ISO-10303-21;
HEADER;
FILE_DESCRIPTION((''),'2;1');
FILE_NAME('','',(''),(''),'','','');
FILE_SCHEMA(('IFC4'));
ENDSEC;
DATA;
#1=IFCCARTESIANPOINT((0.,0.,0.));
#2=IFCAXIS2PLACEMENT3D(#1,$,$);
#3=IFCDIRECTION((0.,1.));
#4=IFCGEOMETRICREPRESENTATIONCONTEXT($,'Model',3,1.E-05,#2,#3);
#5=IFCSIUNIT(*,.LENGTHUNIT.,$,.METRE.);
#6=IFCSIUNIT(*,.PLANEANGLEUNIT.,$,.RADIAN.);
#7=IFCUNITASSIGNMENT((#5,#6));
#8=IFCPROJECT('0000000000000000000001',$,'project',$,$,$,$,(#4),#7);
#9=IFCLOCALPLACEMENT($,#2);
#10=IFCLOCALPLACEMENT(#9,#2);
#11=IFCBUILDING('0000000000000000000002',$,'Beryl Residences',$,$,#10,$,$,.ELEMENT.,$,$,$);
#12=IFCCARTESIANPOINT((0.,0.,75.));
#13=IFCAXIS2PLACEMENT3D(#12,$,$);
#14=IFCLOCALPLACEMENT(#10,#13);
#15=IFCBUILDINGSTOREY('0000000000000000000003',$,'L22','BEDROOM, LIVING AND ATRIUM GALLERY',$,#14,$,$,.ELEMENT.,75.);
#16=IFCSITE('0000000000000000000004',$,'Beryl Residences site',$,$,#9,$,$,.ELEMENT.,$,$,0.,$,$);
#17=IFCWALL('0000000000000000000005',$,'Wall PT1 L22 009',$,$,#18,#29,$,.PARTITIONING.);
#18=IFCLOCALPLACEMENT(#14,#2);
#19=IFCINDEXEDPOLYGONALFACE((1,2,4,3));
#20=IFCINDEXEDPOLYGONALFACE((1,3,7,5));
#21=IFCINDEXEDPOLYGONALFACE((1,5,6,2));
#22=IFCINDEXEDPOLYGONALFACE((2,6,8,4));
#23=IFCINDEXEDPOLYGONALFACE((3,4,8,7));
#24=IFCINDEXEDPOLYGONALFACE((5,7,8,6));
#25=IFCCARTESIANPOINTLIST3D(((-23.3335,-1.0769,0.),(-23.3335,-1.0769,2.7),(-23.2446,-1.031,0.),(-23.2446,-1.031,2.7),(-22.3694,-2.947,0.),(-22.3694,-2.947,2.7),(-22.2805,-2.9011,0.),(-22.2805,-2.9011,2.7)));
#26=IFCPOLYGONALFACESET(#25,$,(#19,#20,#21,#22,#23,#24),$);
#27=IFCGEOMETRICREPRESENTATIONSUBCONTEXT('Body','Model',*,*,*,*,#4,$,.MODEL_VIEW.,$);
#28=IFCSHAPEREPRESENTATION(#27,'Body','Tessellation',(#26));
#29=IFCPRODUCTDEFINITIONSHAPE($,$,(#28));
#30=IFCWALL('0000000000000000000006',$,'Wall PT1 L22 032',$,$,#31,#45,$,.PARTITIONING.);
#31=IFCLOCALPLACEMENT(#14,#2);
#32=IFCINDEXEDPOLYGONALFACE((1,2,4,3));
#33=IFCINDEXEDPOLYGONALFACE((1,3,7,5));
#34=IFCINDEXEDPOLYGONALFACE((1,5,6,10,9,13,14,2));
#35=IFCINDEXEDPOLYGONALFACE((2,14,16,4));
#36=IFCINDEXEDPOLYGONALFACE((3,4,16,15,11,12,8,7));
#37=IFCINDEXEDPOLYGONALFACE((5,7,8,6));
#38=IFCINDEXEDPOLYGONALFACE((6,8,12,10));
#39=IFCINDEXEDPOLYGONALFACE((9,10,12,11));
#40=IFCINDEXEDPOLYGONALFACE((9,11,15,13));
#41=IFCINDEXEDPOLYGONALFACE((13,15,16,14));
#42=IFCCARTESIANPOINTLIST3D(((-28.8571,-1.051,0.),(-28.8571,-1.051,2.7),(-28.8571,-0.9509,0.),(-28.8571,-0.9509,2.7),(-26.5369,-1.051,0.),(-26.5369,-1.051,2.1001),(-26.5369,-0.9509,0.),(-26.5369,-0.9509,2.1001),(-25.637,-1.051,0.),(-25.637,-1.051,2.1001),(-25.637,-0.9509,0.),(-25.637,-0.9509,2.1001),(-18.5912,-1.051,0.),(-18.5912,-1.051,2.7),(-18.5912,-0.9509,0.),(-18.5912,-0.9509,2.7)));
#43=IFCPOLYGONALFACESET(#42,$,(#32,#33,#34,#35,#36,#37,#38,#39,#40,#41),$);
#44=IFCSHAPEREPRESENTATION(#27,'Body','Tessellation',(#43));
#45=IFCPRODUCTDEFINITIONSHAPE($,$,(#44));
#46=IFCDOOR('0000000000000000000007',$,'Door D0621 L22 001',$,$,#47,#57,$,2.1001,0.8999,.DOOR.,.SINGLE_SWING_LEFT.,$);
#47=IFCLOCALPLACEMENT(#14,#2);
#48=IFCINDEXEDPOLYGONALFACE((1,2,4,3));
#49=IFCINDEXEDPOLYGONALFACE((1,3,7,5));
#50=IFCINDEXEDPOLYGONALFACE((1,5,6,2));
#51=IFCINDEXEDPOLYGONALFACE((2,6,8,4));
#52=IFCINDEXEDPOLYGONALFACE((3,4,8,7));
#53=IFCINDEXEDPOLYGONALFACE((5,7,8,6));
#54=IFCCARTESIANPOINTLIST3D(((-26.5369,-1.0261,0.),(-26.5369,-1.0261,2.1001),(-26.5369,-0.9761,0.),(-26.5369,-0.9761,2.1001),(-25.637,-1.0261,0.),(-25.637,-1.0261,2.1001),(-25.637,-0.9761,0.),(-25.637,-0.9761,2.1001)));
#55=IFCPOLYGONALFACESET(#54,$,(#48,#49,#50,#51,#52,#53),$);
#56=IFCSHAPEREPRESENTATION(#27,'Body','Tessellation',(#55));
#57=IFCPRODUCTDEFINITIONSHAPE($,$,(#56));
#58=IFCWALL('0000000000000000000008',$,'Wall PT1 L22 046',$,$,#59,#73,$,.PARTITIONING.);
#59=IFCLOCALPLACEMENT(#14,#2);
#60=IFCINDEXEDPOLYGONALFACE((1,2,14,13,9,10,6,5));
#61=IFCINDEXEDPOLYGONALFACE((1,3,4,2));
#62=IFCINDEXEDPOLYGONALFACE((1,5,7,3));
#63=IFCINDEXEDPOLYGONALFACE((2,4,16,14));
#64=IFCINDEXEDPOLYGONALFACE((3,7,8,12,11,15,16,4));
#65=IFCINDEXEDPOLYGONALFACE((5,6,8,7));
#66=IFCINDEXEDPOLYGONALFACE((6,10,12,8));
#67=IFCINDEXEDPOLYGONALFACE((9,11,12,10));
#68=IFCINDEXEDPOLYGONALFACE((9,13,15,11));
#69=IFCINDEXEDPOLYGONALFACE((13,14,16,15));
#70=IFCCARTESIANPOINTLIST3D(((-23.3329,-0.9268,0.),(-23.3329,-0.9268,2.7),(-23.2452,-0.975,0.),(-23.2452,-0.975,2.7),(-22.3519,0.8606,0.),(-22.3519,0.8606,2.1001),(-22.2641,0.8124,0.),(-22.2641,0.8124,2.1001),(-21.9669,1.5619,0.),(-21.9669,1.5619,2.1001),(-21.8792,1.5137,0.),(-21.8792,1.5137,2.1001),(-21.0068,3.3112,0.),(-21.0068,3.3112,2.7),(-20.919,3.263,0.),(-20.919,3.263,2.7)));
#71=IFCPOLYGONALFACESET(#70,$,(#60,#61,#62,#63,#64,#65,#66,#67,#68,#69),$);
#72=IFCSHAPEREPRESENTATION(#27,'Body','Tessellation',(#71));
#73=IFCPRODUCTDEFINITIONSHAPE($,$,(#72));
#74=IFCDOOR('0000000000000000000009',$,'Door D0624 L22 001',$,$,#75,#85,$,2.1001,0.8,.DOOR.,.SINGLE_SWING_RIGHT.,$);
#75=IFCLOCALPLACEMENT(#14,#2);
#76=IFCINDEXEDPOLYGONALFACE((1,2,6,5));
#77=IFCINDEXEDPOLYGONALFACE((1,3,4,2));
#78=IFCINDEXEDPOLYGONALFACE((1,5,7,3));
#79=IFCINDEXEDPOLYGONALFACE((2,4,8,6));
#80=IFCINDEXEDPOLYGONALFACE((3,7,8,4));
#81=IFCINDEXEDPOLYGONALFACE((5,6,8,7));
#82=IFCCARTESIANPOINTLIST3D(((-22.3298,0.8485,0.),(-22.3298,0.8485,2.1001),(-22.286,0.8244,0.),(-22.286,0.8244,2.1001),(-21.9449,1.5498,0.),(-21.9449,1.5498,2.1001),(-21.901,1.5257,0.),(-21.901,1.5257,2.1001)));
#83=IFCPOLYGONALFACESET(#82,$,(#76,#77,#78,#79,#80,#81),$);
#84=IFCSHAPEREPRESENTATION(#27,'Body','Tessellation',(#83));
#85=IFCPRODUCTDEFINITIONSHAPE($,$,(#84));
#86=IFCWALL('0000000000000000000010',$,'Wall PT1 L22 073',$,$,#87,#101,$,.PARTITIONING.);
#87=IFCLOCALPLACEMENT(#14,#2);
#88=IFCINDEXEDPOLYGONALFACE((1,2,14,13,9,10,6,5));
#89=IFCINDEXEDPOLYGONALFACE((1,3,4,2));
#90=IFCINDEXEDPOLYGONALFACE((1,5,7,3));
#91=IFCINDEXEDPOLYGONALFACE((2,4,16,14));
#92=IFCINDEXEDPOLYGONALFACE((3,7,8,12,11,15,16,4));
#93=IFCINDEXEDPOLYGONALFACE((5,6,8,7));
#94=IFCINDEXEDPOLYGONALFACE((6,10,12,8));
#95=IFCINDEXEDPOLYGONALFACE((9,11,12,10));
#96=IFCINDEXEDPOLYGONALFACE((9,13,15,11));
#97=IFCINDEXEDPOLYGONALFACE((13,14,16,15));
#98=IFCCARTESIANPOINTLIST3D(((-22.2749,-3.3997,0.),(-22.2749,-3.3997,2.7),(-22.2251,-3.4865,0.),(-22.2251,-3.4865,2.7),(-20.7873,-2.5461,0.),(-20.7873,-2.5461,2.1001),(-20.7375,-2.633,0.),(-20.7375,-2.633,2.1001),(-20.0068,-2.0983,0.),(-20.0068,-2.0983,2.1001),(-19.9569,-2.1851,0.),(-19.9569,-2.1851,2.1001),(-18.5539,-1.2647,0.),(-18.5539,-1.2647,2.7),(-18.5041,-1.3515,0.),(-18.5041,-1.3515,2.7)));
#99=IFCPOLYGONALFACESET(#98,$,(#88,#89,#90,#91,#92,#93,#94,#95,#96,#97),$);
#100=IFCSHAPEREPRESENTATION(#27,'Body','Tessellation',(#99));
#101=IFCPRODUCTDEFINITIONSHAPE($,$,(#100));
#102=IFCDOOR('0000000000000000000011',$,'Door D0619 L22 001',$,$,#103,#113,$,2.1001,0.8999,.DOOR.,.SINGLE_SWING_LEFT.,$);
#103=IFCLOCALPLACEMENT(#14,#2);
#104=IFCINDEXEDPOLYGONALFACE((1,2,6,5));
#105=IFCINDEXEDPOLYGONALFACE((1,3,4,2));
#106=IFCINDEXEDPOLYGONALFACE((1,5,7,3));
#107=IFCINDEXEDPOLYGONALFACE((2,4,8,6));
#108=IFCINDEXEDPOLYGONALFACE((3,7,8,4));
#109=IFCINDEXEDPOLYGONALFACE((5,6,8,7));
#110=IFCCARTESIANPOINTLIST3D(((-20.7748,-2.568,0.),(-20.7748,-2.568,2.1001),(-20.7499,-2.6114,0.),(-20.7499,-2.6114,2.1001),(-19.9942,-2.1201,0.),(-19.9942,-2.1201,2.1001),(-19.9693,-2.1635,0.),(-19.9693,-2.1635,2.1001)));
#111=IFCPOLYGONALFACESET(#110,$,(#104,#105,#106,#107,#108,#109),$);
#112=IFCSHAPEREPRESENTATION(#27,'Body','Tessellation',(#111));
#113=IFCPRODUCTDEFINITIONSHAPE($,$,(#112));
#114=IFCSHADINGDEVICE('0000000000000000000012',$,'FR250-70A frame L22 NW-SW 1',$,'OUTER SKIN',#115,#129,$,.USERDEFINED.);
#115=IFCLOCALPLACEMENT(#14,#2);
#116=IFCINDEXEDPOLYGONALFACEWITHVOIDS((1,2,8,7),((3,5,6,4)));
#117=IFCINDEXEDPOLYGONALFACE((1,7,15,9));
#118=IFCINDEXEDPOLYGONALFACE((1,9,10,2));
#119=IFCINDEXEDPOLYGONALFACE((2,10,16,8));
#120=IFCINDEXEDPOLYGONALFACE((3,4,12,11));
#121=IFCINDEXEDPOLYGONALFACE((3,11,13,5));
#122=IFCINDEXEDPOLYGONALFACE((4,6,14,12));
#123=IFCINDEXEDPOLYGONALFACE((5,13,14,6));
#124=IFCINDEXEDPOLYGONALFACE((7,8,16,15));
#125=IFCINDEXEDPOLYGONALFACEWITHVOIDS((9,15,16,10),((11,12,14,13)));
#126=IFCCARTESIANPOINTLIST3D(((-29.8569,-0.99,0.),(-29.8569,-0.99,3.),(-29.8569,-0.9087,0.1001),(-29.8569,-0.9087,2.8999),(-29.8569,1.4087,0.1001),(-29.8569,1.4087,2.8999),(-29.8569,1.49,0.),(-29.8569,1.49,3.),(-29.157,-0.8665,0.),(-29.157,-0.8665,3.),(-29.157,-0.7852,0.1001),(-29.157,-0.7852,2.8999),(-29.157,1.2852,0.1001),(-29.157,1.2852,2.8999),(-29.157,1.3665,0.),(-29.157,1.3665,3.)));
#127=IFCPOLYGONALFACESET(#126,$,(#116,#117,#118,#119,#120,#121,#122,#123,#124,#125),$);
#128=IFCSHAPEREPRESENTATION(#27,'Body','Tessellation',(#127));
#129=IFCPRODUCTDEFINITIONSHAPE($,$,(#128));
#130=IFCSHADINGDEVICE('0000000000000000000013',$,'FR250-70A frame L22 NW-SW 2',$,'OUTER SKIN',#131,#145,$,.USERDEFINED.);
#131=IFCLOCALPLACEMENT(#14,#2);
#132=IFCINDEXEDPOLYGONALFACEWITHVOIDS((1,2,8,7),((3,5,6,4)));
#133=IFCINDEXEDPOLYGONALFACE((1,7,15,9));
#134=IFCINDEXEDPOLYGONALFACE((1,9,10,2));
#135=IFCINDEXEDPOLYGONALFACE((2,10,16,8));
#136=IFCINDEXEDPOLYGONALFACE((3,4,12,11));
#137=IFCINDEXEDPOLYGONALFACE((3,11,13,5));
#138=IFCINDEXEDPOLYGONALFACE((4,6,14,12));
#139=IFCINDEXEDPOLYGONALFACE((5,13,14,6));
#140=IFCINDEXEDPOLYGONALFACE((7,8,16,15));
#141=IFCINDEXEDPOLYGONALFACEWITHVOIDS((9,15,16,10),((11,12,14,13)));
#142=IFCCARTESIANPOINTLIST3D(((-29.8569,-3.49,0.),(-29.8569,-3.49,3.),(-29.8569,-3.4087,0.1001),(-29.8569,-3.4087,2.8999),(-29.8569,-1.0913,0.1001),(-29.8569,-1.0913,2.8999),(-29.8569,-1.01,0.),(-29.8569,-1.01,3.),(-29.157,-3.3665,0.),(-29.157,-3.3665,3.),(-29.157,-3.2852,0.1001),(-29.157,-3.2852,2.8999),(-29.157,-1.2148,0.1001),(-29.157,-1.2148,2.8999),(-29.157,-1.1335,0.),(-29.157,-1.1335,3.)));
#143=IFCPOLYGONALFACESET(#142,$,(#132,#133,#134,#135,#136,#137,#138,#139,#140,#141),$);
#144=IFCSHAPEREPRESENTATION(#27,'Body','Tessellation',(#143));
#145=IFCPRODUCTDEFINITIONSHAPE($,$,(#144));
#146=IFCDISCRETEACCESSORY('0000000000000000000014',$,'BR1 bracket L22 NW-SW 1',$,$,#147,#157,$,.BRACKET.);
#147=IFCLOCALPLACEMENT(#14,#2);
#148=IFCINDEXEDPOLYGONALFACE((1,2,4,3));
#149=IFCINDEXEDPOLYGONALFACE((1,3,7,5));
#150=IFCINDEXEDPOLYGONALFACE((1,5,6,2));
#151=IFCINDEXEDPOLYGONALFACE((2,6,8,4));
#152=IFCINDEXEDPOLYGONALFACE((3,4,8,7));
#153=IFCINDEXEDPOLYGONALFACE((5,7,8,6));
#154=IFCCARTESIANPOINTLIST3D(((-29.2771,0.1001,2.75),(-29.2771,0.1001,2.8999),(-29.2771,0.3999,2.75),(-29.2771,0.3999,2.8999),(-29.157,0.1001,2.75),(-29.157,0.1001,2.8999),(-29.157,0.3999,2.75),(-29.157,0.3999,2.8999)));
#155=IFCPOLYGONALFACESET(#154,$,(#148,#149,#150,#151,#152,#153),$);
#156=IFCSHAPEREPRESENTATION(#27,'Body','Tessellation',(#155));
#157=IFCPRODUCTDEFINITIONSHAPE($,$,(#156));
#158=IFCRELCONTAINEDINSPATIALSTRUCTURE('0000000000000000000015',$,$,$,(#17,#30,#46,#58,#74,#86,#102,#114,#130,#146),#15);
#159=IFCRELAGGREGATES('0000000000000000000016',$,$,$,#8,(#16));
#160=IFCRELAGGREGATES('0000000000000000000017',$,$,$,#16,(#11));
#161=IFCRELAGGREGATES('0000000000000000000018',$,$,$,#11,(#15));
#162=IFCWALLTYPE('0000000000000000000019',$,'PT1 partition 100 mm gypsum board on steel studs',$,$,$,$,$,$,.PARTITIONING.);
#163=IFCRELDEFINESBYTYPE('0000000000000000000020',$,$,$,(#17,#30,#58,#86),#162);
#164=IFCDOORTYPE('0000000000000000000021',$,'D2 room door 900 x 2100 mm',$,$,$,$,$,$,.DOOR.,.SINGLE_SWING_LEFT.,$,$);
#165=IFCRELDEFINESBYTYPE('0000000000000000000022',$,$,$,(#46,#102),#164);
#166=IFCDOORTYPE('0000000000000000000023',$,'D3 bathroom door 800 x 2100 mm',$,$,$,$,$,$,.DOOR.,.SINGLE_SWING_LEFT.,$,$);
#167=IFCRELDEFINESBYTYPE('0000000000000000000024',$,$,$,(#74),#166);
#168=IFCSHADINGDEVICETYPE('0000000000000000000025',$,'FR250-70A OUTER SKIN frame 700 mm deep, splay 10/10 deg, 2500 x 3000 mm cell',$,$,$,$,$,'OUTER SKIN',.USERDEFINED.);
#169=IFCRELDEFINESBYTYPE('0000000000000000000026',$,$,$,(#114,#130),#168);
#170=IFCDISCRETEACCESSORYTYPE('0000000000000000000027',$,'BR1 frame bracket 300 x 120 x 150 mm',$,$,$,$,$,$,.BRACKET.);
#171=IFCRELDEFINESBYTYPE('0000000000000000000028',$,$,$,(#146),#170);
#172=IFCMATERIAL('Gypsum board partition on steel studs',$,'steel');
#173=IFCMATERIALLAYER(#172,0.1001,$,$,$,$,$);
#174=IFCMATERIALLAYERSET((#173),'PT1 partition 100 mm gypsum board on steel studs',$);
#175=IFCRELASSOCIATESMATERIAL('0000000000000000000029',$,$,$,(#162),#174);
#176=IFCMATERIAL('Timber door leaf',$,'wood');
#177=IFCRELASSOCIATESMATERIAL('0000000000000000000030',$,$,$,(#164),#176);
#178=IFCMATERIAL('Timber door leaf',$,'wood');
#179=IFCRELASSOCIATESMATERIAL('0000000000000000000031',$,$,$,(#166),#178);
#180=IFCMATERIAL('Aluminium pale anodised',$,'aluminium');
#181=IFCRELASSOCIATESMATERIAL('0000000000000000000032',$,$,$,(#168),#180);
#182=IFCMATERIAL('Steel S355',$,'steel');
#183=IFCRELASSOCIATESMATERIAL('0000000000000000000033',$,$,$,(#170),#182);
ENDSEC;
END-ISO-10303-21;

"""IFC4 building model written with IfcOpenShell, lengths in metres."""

from ifc_helpers import new_model, entity, si_unit, direction, frame, frame_2d, origin, place, context, subcontext, project, spatial, polyline, rectangle, outline, extrude, source, transform, mapped, material, layer, layer_set, type_object, type_shapes, element, fill, save


model = new_model("IFC4")

# Units and contexts
model_context = context("Model", 3, precision=1e-05, world=origin(), true_north=direction((0.0, 1.0)))
body_context = subcontext(model_context, "Body", "Model", "MODEL_VIEW")
ifc_project = project(units=[si_unit("LENGTHUNIT", "METRE"), si_unit("PLANEANGLEUNIT", "RADIAN")], contexts=[model_context])

# Site, building, storey
site_placement = place(None, origin())
site = spatial("IfcSite", under=ifc_project, at=site_placement, Name="Beryl Residences site", CompositionType="ELEMENT", RefElevation=0.0)
building_placement = place(site_placement, origin())
building = spatial("IfcBuilding", under=site, at=building_placement, Name="Beryl Residences", CompositionType="ELEMENT")
storey_placement = place(building_placement, frame((0.0, 0.0, 75.0)))
storey = spatial("IfcBuildingStorey", under=building, at=storey_placement, Name="L22", Description="BEDROOM, LIVING AND ATRIUM GALLERY", CompositionType="ELEMENT", Elevation=75.0)

# Wall
ifc_material_1 = material(Name="Gypsum board partition on steel studs", Category="steel")
ifc_layer_1 = layer(ifc_material_1, 0.1001)
ifc_layer_set_1 = layer_set([ifc_layer_1], Name="PT1 partition 100 mm gypsum board on steel studs")
wall_type_1 = type_object("IfcWallType", Name="PT1 partition 100 mm gypsum board on steel studs", PredefinedType="PARTITIONING", material=ifc_layer_set_1)
wall_1_placement = place(storey_placement, frame((-23.2891, -1.054, 0.0), z_axis=(0.0, 0.0, 1.0), x_axis=(0.458226, -0.888836, 0.0)))
element("IfcWall", 1, at=wall_1_placement, inside=storey, type_object=wall_type_1, Name="Wall PT1 L22 009", PredefinedType="PARTITIONING", context=body_context, shape_type="SweptSolid", body=[
    extrude(rectangle(XDim=2.104, YDim=0.1001, at=frame_2d((1.052, 0.0))), origin(), (0.0, 0.0, 1.0), 2.7),
])

# Walls, openings, doors
wall_2_placement = place(storey_placement, frame((-28.8569, -1.001, 0.0), z_axis=(0.0, 0.0, 1.0), x_axis=(1.0, 0.0, 0.0)))
wall_2 = element("IfcWall", 2, at=wall_2_placement, inside=storey, type_object=wall_type_1, Name="Wall PT1 L22 032", PredefinedType="PARTITIONING", context=body_context, shape_type="SweptSolid", body=[
    extrude(rectangle(XDim=10.2659, YDim=0.1001, at=frame_2d((5.1328, 0.0))), origin(), (0.0, 0.0, 1.0), 2.7),
])
opening_1_placement = place(wall_2_placement, frame((2.3201, 0.0, 0.0)))
opening_1 = element("IfcOpeningElement", 3, at=opening_1_placement, cuts=wall_2, PredefinedType="OPENING", context=body_context, shape_type="SweptSolid", body=[
    extrude(rectangle(XDim=0.8999, YDim=2.1001, at=frame_2d((0.45, 1.05))), frame((0.0, 0.0601, 0.0), z_axis=(0.0, -1.0, 0.0), x_axis=(1.0, 0.0, 0.0)), (0.0, 0.0, 1.0), 0.1201),
])
ifc_material_2 = material(Name="Timber door leaf", Category="wood")
door_type_1 = type_object("IfcDoorType", Name="D2 room door 900 x 2100 mm", OperationType="SINGLE_SWING_LEFT", PredefinedType="DOOR", material=ifc_material_2)
door_1_placement = place(opening_1_placement, origin())
door_1 = element("IfcDoor", 4, at=door_1_placement, inside=storey, type_object=door_type_1, Name="Door D0621 L22 001", OperationType="SINGLE_SWING_LEFT", OverallHeight=2.1001, OverallWidth=0.8999, PredefinedType="DOOR", context=body_context, shape_type="SweptSolid", body=[
    extrude(rectangle(XDim=0.8999, YDim=2.1001, at=frame_2d((0.45, 1.05))), frame((0.0, 0.0249, 0.0), z_axis=(0.0, -1.0, 0.0), x_axis=(1.0, 0.0, 0.0)), (0.0, 0.0, 1.0), 0.05),
])
fill(opening_1, door_1)
wall_3_placement = place(storey_placement, frame((-23.2891, -0.9509, 0.0), z_axis=(0.0, 0.0, 1.0), x_axis=(0.481164, 0.87663, 0.0)))
wall_3 = element("IfcWall", 5, at=wall_3_placement, inside=storey, type_object=wall_type_1, Name="Wall PT1 L22 046", PredefinedType="PARTITIONING", context=body_context, shape_type="SweptSolid", body=[
    extrude(rectangle(XDim=4.8345, YDim=0.1001, at=frame_2d((2.4172, 0.0))), origin(), (0.0, 0.0, 1.0), 2.7),
])
opening_2_placement = place(wall_3_placement, frame((2.0391, 0.0, 0.0)))
opening_2 = element("IfcOpeningElement", 6, at=opening_2_placement, cuts=wall_3, PredefinedType="OPENING", context=body_context, shape_type="SweptSolid", body=[
    extrude(rectangle(XDim=0.8, YDim=2.1001, at=frame_2d((0.3999, 1.05))), frame((0.0, 0.0601, 0.0), z_axis=(0.0, -1.0, 0.0), x_axis=(1.0, 0.0, 0.0)), (0.0, 0.0, 1.0), 0.1201),
])
ifc_material_3 = material(Name="Timber door leaf", Category="wood")
door_type_2 = type_object("IfcDoorType", Name="D3 bathroom door 800 x 2100 mm", OperationType="SINGLE_SWING_LEFT", PredefinedType="DOOR", material=ifc_material_3)
door_2_placement = place(opening_2_placement, origin())
door_2 = element("IfcDoor", 7, at=door_2_placement, inside=storey, type_object=door_type_2, Name="Door D0624 L22 001", OperationType="SINGLE_SWING_RIGHT", OverallHeight=2.1001, OverallWidth=0.8, PredefinedType="DOOR", context=body_context, shape_type="SweptSolid", body=[
    extrude(rectangle(XDim=0.8, YDim=2.1001, at=frame_2d((0.3999, 1.05))), frame((0.0, 0.0249, 0.0), z_axis=(0.0, -1.0, 0.0), x_axis=(1.0, 0.0, 0.0)), (0.0, 0.0, 1.0), 0.05),
])
fill(opening_2, door_2)
wall_4_placement = place(storey_placement, frame((-22.25, -3.4431, 0.0), z_axis=(0.0, 0.0, 1.0), x_axis=(0.867363, 0.497676, 0.0)))
wall_4 = element("IfcWall", 8, at=wall_4_placement, inside=storey, type_object=wall_type_1, Name="Wall PT1 L22 073", PredefinedType="PARTITIONING", context=body_context, shape_type="SweptSolid", body=[
    extrude(rectangle(XDim=4.29, YDim=0.1001, at=frame_2d((2.145, 0.0))), origin(), (0.0, 0.0, 1.0), 2.7),
])
opening_3_placement = place(wall_4_placement, frame((1.7151, 0.0, 0.0)))
opening_3 = element("IfcOpeningElement", 9, at=opening_3_placement, cuts=wall_4, PredefinedType="OPENING", context=body_context, shape_type="SweptSolid", body=[
    extrude(rectangle(XDim=0.8999, YDim=2.1001, at=frame_2d((0.45, 1.05))), frame((0.0, 0.0601, 0.0), z_axis=(0.0, -1.0, 0.0), x_axis=(1.0, 0.0, 0.0)), (0.0, 0.0, 1.0), 0.1201),
])
door_3_placement = place(opening_3_placement, origin())
door_3 = element("IfcDoor", 10, at=door_3_placement, inside=storey, type_object=door_type_1, Name="Door D0619 L22 001", OperationType="SINGLE_SWING_LEFT", OverallHeight=2.1001, OverallWidth=0.8999, PredefinedType="DOOR", context=body_context, shape_type="SweptSolid", body=[
    extrude(rectangle(XDim=0.8999, YDim=2.1001, at=frame_2d((0.45, 1.05))), frame((0.0, 0.0249, 0.0), z_axis=(0.0, -1.0, 0.0), x_axis=(1.0, 0.0, 0.0)), (0.0, 0.0, 1.0), 0.05),
])
fill(opening_3, door_3)

# Shading devices
ifc_material_4 = material(Name="Aluminium pale anodised", Category="aluminium")
shading_device_type = type_object("IfcShadingDeviceType", Name="FR250-70A OUTER SKIN frame 700 mm deep, splay 10/10 deg, 2500 x 3000 mm cell", ElementType="OUTER SKIN", PredefinedType="USERDEFINED", material=ifc_material_4)
cartesian_point_1 = entity("IfcCartesianPoint", [-1.1165, 0.0])
cartesian_point_2 = entity("IfcCartesianPoint", [-1.0352, 0.1001])
cartesian_point_3 = entity("IfcCartesianPoint", [-1.24, 0.0])
cartesian_point_4 = entity("IfcCartesianPoint", [-1.1587, 0.1001])
shared_shape_1 = source(origin(), body_context, "Body", "SweptSolid", [
    entity("IfcExtrudedAreaSolidTapered", entity("IfcArbitraryProfileDefWithVoids", "AREA", None, entity("IfcPolyline", [cartesian_point_1, entity("IfcCartesianPoint", [1.1165, 0.0]), entity("IfcCartesianPoint", [1.1165, 3.0]), entity("IfcCartesianPoint", [-1.1165, 3.0]), cartesian_point_1]), [entity("IfcPolyline", [cartesian_point_2, entity("IfcCartesianPoint", [1.0352, 0.1001]), entity("IfcCartesianPoint", [1.0352, 2.8999]), entity("IfcCartesianPoint", [-1.0352, 2.8999]), cartesian_point_2])]), entity("IfcAxis2Placement3D", entity("IfcCartesianPoint", [0.0, 0.0, 0.0]), entity("IfcDirection", [0.0, 1.0, 0.0]), entity("IfcDirection", [-1.0, 0.0, 0.0])), entity("IfcDirection", [0.0, 0.0, 1.0]), 0.7, entity("IfcArbitraryProfileDefWithVoids", "AREA", None, entity("IfcPolyline", [cartesian_point_3, entity("IfcCartesianPoint", [1.24, 0.0]), entity("IfcCartesianPoint", [1.24, 3.0]), entity("IfcCartesianPoint", [-1.24, 3.0]), cartesian_point_3]), [entity("IfcPolyline", [cartesian_point_4, entity("IfcCartesianPoint", [1.1587, 0.1001]), entity("IfcCartesianPoint", [1.1587, 2.8999]), entity("IfcCartesianPoint", [-1.1587, 2.8999]), cartesian_point_4])])),
])
type_shapes(shading_device_type, [shared_shape_1])
for number, where, z_axis, x_axis, name in (
    (11, (-29.157, 0.25, 0.0), (0.0, 0.0, 1.0), (0.0, 1.0, 0.0), "FR250-70A frame L22 NW-SW 1"),
    (12, (-29.157, -2.25, 0.0), (0.0, 0.0, 1.0), (0.0, 1.0, 0.0), "FR250-70A frame L22 NW-SW 2"),
):
    element("IfcShadingDevice", number, at=place(storey_placement, frame(where, z_axis=z_axis, x_axis=x_axis)), inside=storey, type_object=shading_device_type, Name=name, ObjectType="OUTER SKIN", PredefinedType="USERDEFINED", context=body_context, shape_type="MappedRepresentation", body=[
        mapped(shared_shape_1, transform((0.0, 0.0, 0.0))),
    ])

# Discrete accessory
ifc_material_5 = material(Name="Steel S355", Category="steel")
discrete_accessory_type = type_object("IfcDiscreteAccessoryType", Name="BR1 frame bracket 300 x 120 x 150 mm", PredefinedType="BRACKET", material=ifc_material_5)
shared_shape_2 = source(origin(), body_context, "Body", "SweptSolid", [
    extrude(outline(polyline([(-0.1499, 0.0), (0.1499, 0.0), (0.1499, 0.1201), (-0.1499, 0.1201), (-0.1499, 0.0)])), origin(), (0.0, 0.0, 1.0), 0.1499),
])
type_shapes(discrete_accessory_type, [shared_shape_2])
discrete_accessory_placement = place(storey_placement, frame((-29.157, 0.25, 2.75), z_axis=(0.0, 0.0, 1.0), x_axis=(0.0, 1.0, 0.0)))
element("IfcDiscreteAccessory", 13, at=discrete_accessory_placement, inside=storey, type_object=discrete_accessory_type, Name="BR1 bracket L22 NW-SW 1", PredefinedType="BRACKET", context=body_context, shape_type="MappedRepresentation", body=[
    mapped(shared_shape_2, transform((0.0, 0.0, 0.0))),
])

save(model, "model.ifc")
